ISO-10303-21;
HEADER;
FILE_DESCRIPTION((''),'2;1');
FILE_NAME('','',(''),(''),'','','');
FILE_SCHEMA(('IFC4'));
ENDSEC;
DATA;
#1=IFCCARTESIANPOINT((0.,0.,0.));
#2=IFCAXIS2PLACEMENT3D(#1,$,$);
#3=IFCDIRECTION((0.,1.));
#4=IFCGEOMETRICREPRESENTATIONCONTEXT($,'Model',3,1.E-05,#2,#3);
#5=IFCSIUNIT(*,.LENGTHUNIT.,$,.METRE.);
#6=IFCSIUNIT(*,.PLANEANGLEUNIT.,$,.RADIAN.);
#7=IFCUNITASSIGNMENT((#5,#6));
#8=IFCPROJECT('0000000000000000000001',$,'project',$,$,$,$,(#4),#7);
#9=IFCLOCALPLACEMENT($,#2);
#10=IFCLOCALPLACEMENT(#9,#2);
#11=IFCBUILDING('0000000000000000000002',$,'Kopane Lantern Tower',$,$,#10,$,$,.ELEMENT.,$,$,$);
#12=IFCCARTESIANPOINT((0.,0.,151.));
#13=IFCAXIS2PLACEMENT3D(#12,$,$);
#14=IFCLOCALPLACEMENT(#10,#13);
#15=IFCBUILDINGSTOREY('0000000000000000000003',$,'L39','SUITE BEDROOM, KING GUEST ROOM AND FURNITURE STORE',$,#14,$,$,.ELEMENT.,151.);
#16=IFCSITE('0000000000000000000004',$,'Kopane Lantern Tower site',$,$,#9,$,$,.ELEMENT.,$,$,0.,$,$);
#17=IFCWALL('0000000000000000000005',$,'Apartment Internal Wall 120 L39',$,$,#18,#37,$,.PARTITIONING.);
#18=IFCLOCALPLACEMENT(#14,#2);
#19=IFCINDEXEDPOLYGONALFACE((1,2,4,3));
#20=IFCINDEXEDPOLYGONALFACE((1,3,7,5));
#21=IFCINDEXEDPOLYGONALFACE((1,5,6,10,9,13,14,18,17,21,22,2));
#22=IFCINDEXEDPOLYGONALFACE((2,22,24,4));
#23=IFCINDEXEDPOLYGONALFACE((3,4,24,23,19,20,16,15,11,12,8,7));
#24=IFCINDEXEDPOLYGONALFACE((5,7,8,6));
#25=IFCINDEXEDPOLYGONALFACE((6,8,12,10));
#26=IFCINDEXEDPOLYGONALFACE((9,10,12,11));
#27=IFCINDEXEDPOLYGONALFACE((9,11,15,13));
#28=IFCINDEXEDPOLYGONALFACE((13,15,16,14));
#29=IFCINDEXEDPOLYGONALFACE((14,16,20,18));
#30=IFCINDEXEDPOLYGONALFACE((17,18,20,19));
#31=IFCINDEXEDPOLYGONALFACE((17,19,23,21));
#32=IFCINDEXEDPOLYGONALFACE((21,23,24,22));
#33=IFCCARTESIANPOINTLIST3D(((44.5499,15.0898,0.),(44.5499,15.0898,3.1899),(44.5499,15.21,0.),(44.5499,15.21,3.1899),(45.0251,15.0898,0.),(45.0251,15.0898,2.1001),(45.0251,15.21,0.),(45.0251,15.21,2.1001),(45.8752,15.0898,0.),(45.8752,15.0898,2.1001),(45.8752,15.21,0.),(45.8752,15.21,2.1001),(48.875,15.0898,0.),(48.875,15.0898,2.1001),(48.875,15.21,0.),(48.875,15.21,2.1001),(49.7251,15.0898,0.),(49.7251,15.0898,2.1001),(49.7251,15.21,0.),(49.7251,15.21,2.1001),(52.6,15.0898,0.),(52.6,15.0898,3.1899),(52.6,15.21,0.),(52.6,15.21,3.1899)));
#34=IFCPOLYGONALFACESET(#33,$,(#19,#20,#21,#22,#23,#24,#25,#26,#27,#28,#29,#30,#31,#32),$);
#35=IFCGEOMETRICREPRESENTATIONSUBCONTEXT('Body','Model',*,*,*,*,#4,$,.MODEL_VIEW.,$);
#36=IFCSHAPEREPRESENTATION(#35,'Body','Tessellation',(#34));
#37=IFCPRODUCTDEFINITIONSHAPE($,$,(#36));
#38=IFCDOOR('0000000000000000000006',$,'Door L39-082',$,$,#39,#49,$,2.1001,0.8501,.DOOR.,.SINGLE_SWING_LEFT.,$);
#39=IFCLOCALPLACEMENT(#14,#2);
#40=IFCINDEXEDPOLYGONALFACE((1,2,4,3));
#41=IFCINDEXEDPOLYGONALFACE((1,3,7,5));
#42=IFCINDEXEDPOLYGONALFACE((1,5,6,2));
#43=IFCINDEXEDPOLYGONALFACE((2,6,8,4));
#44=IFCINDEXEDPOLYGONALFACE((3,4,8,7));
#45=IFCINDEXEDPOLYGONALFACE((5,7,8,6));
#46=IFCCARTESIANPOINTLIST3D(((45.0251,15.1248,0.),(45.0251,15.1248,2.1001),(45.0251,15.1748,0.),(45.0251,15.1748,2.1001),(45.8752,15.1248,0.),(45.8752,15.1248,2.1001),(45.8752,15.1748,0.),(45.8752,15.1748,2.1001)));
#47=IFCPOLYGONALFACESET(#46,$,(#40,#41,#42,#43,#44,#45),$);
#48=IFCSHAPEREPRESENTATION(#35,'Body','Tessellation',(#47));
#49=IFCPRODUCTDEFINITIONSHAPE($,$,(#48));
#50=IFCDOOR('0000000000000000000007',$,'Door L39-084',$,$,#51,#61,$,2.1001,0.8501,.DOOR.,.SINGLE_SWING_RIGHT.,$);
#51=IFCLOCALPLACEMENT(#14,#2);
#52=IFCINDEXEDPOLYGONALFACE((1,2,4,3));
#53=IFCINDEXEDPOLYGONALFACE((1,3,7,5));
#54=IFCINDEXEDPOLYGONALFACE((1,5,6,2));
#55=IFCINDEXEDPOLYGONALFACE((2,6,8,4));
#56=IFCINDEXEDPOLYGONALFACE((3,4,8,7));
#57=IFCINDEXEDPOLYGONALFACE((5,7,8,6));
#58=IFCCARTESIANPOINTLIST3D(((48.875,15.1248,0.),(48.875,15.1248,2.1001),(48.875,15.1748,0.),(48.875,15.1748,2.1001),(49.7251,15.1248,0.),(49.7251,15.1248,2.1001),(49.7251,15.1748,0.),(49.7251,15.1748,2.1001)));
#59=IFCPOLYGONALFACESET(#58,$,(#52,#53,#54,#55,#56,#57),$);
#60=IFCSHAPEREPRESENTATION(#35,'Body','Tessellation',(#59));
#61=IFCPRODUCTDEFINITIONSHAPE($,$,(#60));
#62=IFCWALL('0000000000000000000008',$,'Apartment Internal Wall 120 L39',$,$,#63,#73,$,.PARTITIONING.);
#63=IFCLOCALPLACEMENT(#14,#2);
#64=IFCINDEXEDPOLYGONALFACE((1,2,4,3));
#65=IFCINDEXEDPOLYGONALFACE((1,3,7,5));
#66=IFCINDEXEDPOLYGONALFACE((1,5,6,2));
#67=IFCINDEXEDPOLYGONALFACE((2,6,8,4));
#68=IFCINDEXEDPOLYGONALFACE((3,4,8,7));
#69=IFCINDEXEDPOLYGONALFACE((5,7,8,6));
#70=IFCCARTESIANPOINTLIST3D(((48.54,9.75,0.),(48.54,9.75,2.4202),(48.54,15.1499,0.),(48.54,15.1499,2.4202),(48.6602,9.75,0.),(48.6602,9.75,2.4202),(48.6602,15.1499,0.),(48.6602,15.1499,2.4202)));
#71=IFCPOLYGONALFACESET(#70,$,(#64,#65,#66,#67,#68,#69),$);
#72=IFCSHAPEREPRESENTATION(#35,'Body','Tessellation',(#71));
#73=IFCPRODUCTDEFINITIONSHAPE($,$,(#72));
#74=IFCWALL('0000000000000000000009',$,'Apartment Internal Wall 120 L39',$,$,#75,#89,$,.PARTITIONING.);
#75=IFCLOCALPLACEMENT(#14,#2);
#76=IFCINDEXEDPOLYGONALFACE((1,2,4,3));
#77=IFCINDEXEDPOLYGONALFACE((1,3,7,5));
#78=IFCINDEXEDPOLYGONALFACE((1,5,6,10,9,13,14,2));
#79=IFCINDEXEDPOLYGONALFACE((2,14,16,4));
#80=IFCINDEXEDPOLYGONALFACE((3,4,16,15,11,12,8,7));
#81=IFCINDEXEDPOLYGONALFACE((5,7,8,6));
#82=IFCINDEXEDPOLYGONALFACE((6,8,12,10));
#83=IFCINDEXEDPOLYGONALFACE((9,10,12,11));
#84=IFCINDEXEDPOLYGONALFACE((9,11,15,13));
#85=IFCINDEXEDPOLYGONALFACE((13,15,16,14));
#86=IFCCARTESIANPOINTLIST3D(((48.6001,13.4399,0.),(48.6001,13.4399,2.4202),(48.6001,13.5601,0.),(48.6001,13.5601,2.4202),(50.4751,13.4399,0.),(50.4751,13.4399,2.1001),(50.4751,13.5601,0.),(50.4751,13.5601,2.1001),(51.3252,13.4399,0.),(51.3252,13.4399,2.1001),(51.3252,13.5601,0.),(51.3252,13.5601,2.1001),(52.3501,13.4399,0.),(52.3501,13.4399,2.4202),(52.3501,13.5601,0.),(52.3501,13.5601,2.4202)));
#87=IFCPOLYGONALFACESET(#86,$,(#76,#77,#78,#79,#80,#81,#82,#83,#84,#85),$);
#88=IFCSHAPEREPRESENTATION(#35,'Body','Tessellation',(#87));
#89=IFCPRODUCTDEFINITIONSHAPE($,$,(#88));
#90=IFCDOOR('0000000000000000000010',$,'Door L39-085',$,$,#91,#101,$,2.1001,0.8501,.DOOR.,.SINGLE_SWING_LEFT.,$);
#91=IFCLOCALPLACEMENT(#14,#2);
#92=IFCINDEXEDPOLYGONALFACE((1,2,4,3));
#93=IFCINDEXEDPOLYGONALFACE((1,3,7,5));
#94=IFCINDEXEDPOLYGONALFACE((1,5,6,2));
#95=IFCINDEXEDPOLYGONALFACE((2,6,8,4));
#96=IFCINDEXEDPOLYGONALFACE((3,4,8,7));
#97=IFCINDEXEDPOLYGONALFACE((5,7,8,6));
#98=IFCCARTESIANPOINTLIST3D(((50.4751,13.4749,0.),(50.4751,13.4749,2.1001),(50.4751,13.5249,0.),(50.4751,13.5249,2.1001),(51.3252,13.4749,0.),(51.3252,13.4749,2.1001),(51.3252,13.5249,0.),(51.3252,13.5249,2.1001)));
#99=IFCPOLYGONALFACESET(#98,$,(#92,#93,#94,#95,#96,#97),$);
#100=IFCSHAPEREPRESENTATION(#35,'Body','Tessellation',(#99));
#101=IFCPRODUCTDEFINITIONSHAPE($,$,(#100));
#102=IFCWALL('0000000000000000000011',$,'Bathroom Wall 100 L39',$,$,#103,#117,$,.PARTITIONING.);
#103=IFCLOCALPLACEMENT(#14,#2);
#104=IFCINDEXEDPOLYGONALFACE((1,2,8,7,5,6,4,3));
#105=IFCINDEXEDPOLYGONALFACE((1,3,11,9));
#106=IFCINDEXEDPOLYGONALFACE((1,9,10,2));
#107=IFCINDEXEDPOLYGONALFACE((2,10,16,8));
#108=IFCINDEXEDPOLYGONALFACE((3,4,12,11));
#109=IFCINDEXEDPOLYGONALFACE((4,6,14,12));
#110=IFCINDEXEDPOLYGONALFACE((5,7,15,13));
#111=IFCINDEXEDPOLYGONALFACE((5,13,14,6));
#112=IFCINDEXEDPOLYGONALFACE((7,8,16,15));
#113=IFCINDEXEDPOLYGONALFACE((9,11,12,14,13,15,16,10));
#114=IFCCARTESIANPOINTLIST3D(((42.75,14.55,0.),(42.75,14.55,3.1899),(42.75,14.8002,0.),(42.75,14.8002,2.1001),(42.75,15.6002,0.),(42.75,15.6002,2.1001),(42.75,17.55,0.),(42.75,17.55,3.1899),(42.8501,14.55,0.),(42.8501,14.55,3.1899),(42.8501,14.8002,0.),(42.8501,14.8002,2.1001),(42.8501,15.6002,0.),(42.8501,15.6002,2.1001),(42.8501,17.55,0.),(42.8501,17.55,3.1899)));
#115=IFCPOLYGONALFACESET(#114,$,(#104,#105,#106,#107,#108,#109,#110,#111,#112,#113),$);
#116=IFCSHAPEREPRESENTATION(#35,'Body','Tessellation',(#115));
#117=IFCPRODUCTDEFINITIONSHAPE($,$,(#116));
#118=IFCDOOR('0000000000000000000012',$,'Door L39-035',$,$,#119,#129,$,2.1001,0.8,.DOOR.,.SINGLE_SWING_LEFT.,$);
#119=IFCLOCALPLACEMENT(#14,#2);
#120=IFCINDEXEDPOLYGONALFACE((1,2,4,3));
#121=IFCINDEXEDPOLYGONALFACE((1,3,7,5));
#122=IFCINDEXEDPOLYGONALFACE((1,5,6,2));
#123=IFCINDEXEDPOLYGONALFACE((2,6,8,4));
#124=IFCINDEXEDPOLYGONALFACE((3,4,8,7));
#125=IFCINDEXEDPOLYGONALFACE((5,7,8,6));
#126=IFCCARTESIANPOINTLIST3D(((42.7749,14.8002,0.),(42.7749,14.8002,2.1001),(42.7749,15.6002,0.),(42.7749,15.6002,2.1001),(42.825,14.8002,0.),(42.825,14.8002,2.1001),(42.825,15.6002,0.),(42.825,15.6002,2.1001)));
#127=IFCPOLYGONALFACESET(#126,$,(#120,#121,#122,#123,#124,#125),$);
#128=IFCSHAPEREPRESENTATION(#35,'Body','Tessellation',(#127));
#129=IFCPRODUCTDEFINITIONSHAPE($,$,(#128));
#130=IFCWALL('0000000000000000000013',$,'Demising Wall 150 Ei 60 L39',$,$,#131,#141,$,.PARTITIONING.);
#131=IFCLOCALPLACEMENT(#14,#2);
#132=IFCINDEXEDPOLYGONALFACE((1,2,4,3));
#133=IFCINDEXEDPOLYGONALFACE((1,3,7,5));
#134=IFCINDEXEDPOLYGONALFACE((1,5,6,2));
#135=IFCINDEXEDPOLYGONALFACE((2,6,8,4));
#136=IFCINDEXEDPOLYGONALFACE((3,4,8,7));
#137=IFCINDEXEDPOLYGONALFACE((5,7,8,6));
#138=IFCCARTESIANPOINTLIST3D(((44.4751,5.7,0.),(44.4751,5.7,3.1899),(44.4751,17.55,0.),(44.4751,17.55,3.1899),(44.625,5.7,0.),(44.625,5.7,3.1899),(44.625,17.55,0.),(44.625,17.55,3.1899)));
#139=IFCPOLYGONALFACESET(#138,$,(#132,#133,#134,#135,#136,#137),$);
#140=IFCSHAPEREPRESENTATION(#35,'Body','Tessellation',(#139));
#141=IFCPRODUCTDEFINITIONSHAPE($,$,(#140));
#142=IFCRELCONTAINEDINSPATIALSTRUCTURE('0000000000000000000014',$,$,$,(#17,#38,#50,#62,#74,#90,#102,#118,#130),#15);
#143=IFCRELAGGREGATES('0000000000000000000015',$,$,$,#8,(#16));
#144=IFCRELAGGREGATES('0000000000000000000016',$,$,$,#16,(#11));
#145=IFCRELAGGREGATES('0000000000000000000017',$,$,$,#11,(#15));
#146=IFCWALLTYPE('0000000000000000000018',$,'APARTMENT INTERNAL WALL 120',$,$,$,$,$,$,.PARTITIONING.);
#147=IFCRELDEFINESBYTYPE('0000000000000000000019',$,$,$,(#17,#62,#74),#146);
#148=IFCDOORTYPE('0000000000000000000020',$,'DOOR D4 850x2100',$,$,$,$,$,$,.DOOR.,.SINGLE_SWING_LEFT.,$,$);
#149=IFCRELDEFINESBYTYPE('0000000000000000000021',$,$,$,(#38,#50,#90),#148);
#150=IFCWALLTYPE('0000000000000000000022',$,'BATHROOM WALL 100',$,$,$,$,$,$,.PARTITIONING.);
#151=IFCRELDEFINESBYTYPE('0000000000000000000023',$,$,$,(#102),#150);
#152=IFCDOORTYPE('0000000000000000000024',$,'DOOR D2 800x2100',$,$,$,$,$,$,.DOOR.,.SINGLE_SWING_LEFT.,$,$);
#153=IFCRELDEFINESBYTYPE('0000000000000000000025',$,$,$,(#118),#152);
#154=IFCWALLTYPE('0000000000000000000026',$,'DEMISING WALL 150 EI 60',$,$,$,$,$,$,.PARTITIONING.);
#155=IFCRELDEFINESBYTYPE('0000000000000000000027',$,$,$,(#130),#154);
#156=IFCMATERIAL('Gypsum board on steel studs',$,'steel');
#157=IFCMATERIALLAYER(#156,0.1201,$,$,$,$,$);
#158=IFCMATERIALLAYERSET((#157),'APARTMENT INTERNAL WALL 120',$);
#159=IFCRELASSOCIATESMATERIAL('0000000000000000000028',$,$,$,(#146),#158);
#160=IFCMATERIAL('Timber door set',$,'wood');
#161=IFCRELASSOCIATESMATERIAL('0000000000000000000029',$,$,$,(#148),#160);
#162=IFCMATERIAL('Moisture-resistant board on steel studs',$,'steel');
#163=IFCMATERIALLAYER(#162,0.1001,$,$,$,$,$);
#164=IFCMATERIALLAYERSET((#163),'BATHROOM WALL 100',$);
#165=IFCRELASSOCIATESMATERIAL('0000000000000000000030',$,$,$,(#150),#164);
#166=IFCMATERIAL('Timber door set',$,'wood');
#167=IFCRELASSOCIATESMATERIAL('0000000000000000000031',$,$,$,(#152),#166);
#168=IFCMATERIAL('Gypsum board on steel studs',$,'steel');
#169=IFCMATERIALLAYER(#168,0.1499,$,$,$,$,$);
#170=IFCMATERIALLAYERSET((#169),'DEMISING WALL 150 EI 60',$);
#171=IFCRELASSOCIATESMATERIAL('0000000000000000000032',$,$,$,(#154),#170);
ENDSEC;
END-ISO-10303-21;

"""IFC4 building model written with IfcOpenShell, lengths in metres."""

from ifc_helpers import new_model, si_unit, direction, frame, frame_2d, origin, place, context, subcontext, project, spatial, rectangle, extrude, material, layer, layer_set, type_object, element, fill, save


model = new_model("IFC4")

# Units and contexts
model_context = context("Model", 3, precision=1e-05, world=origin(), true_north=direction((0.0, 1.0)))
body_context = subcontext(model_context, "Body", "Model", "MODEL_VIEW")
ifc_project = project(units=[si_unit("LENGTHUNIT", "METRE"), si_unit("PLANEANGLEUNIT", "RADIAN")], contexts=[model_context])

# Site, building, storey
site_placement = place(None, origin())
site = spatial("IfcSite", under=ifc_project, at=site_placement, Name="Kopane Lantern Tower site", CompositionType="ELEMENT", RefElevation=0.0)
building_placement = place(site_placement, origin())
building = spatial("IfcBuilding", under=site, at=building_placement, Name="Kopane Lantern Tower", CompositionType="ELEMENT")
storey_placement = place(building_placement, frame((0.0, 0.0, 151.0)))
storey = spatial("IfcBuildingStorey", under=building, at=storey_placement, Name="L39", Description="SUITE BEDROOM, KING GUEST ROOM AND FURNITURE STORE", CompositionType="ELEMENT", Elevation=151.0)

# Wall, openings, doors
ifc_material_1 = material(Name="Gypsum board on steel studs", Category="steel")
ifc_layer_1 = layer(ifc_material_1, 0.1201)
ifc_layer_set_1 = layer_set([ifc_layer_1], Name="APARTMENT INTERNAL WALL 120")
wall_type_1 = type_object("IfcWallType", Name="APARTMENT INTERNAL WALL 120", PredefinedType="PARTITIONING", material=ifc_layer_set_1)
wall_1_placement = place(storey_placement, frame((44.55, 15.1499, 0.0), z_axis=(0.0, 0.0, 1.0), x_axis=(1.0, 0.0, 0.0)))
wall_1 = element("IfcWall", 1, at=wall_1_placement, inside=storey, type_object=wall_type_1, Name="Apartment Internal Wall 120 L39", PredefinedType="PARTITIONING", context=body_context, shape_type="SweptSolid", body=[
    extrude(rectangle(XDim=8.05, YDim=0.1201, at=frame_2d((4.0249, 0.0))), origin(), (0.0, 0.0, 1.0), 3.1899),
])
opening_1_placement = place(wall_1_placement, frame((0.4751, 0.0, 0.0)))
opening_1 = element("IfcOpeningElement", 2, at=opening_1_placement, cuts=wall_1, PredefinedType="OPENING", context=body_context, shape_type="SweptSolid", body=[
    extrude(rectangle(XDim=0.8501, YDim=2.1001, at=frame_2d((0.425, 1.05))), frame((0.0, 0.0701, 0.0), z_axis=(0.0, -1.0, 0.0), x_axis=(1.0, 0.0, 0.0)), (0.0, 0.0, 1.0), 0.1401),
])
opening_2_placement = place(wall_1_placement, frame((4.325, 0.0, 0.0)))
opening_2 = element("IfcOpeningElement", 3, at=opening_2_placement, cuts=wall_1, PredefinedType="OPENING", context=body_context, shape_type="SweptSolid", body=[
    extrude(rectangle(XDim=0.8501, YDim=2.1001, at=frame_2d((0.425, 1.05))), frame((0.0, 0.0701, 0.0), z_axis=(0.0, -1.0, 0.0), x_axis=(1.0, 0.0, 0.0)), (0.0, 0.0, 1.0), 0.1401),
])
ifc_material_2 = material(Name="Timber door set", Category="wood")
door_type_1 = type_object("IfcDoorType", Name="DOOR D4 850x2100", OperationType="SINGLE_SWING_LEFT", PredefinedType="DOOR", material=ifc_material_2)
door_1_placement = place(opening_1_placement, origin())
door_1 = element("IfcDoor", 4, at=door_1_placement, inside=storey, type_object=door_type_1, Name="Door L39-082", OperationType="SINGLE_SWING_LEFT", OverallHeight=2.1001, OverallWidth=0.8501, PredefinedType="DOOR", context=body_context, shape_type="SweptSolid", body=[
    extrude(rectangle(XDim=0.8501, YDim=2.1001, at=frame_2d((0.425, 1.05))), frame((0.0, 0.0249, 0.0), z_axis=(0.0, -1.0, 0.0), x_axis=(1.0, 0.0, 0.0)), (0.0, 0.0, 1.0), 0.05),
])
fill(opening_1, door_1)
door_2_placement = place(opening_2_placement, origin())
door_2 = element("IfcDoor", 5, at=door_2_placement, inside=storey, type_object=door_type_1, Name="Door L39-084", OperationType="SINGLE_SWING_RIGHT", OverallHeight=2.1001, OverallWidth=0.8501, PredefinedType="DOOR", context=body_context, shape_type="SweptSolid", body=[
    extrude(rectangle(XDim=0.8501, YDim=2.1001, at=frame_2d((0.425, 1.05))), frame((0.0, 0.0249, 0.0), z_axis=(0.0, -1.0, 0.0), x_axis=(1.0, 0.0, 0.0)), (0.0, 0.0, 1.0), 0.05),
])
fill(opening_2, door_2)

# Wall
wall_2_placement = place(storey_placement, frame((48.6001, 15.1499, 0.0), z_axis=(0.0, 0.0, 1.0), x_axis=(0.0, -1.0, 0.0)))
element("IfcWall", 6, at=wall_2_placement, inside=storey, type_object=wall_type_1, Name="Apartment Internal Wall 120 L39", PredefinedType="PARTITIONING", context=body_context, shape_type="SweptSolid", body=[
    extrude(rectangle(XDim=5.3999, YDim=0.1201, at=frame_2d((2.7, 0.0))), origin(), (0.0, 0.0, 1.0), 2.4202),
])

# Walls, openings, doors
wall_3_placement = place(storey_placement, frame((48.6001, 13.5, 0.0), z_axis=(0.0, 0.0, 1.0), x_axis=(1.0, 0.0, 0.0)))
wall_3 = element("IfcWall", 7, at=wall_3_placement, inside=storey, type_object=wall_type_1, Name="Apartment Internal Wall 120 L39", PredefinedType="PARTITIONING", context=body_context, shape_type="SweptSolid", body=[
    extrude(rectangle(XDim=3.75, YDim=0.1201, at=frame_2d((1.875, 0.0))), origin(), (0.0, 0.0, 1.0), 2.4202),
])
opening_3_placement = place(wall_3_placement, frame((1.875, 0.0, 0.0)))
opening_3 = element("IfcOpeningElement", 8, at=opening_3_placement, cuts=wall_3, PredefinedType="OPENING", context=body_context, shape_type="SweptSolid", body=[
    extrude(rectangle(XDim=0.8501, YDim=2.1001, at=frame_2d((0.425, 1.05))), frame((0.0, 0.0701, 0.0), z_axis=(0.0, -1.0, 0.0), x_axis=(1.0, 0.0, 0.0)), (0.0, 0.0, 1.0), 0.1401),
])
door_3_placement = place(opening_3_placement, origin())
door_3 = element("IfcDoor", 9, at=door_3_placement, inside=storey, type_object=door_type_1, Name="Door L39-085", OperationType="SINGLE_SWING_LEFT", OverallHeight=2.1001, OverallWidth=0.8501, PredefinedType="DOOR", context=body_context, shape_type="SweptSolid", body=[
    extrude(rectangle(XDim=0.8501, YDim=2.1001, at=frame_2d((0.425, 1.05))), frame((0.0, 0.0249, 0.0), z_axis=(0.0, -1.0, 0.0), x_axis=(1.0, 0.0, 0.0)), (0.0, 0.0, 1.0), 0.05),
])
fill(opening_3, door_3)
ifc_material_3 = material(Name="Moisture-resistant board on steel studs", Category="steel")
ifc_layer_2 = layer(ifc_material_3, 0.1001)
ifc_layer_set_2 = layer_set([ifc_layer_2], Name="BATHROOM WALL 100")
wall_type_2 = type_object("IfcWallType", Name="BATHROOM WALL 100", PredefinedType="PARTITIONING", material=ifc_layer_set_2)
wall_4_placement = place(storey_placement, frame((42.8, 17.55, 0.0), z_axis=(0.0, 0.0, 1.0), x_axis=(0.0, -1.0, 0.0)))
wall_4 = element("IfcWall", 10, at=wall_4_placement, inside=storey, type_object=wall_type_2, Name="Bathroom Wall 100 L39", PredefinedType="PARTITIONING", context=body_context, shape_type="SweptSolid", body=[
    extrude(rectangle(XDim=3.0, YDim=0.1001, at=frame_2d((1.5, 0.0))), origin(), (0.0, 0.0, 1.0), 3.1899),
])
opening_4_placement = place(wall_4_placement, frame((1.95, 0.0, 0.0)))
opening_4 = element("IfcOpeningElement", 11, at=opening_4_placement, cuts=wall_4, PredefinedType="OPENING", context=body_context, shape_type="SweptSolid", body=[
    extrude(rectangle(XDim=0.8, YDim=2.1001, at=frame_2d((0.3999, 1.05))), frame((0.0, 0.0601, 0.0), z_axis=(0.0, -1.0, 0.0), x_axis=(1.0, 0.0, 0.0)), (0.0, 0.0, 1.0), 0.1201),
])
ifc_material_4 = material(Name="Timber door set", Category="wood")
door_type_2 = type_object("IfcDoorType", Name="DOOR D2 800x2100", OperationType="SINGLE_SWING_LEFT", PredefinedType="DOOR", material=ifc_material_4)
door_4_placement = place(opening_4_placement, origin())
door_4 = element("IfcDoor", 12, at=door_4_placement, inside=storey, type_object=door_type_2, Name="Door L39-035", OperationType="SINGLE_SWING_LEFT", OverallHeight=2.1001, OverallWidth=0.8, PredefinedType="DOOR", context=body_context, shape_type="SweptSolid", body=[
    extrude(rectangle(XDim=0.8, YDim=2.1001, at=frame_2d((0.3999, 1.05))), frame((0.0, 0.0249, 0.0), z_axis=(0.0, -1.0, 0.0), x_axis=(1.0, 0.0, 0.0)), (0.0, 0.0, 1.0), 0.05),
])
fill(opening_4, door_4)

# Wall
ifc_material_5 = material(Name="Gypsum board on steel studs", Category="steel")
ifc_layer_3 = layer(ifc_material_5, 0.1499)
ifc_layer_set_3 = layer_set([ifc_layer_3], Name="DEMISING WALL 150 EI 60")
wall_type_3 = type_object("IfcWallType", Name="DEMISING WALL 150 EI 60", PredefinedType="PARTITIONING", material=ifc_layer_set_3)
wall_5_placement = place(storey_placement, frame((44.55, 17.55, 0.0), z_axis=(0.0, 0.0, 1.0), x_axis=(0.0, -1.0, 0.0)))
element("IfcWall", 13, at=wall_5_placement, inside=storey, type_object=wall_type_3, Name="Demising Wall 150 Ei 60 L39", PredefinedType="PARTITIONING", context=body_context, shape_type="SweptSolid", body=[
    extrude(rectangle(XDim=11.8501, YDim=0.1499, at=frame_2d((5.925, 0.0))), origin(), (0.0, 0.0, 1.0), 3.1899),
])

save(model, "model.ifc")
